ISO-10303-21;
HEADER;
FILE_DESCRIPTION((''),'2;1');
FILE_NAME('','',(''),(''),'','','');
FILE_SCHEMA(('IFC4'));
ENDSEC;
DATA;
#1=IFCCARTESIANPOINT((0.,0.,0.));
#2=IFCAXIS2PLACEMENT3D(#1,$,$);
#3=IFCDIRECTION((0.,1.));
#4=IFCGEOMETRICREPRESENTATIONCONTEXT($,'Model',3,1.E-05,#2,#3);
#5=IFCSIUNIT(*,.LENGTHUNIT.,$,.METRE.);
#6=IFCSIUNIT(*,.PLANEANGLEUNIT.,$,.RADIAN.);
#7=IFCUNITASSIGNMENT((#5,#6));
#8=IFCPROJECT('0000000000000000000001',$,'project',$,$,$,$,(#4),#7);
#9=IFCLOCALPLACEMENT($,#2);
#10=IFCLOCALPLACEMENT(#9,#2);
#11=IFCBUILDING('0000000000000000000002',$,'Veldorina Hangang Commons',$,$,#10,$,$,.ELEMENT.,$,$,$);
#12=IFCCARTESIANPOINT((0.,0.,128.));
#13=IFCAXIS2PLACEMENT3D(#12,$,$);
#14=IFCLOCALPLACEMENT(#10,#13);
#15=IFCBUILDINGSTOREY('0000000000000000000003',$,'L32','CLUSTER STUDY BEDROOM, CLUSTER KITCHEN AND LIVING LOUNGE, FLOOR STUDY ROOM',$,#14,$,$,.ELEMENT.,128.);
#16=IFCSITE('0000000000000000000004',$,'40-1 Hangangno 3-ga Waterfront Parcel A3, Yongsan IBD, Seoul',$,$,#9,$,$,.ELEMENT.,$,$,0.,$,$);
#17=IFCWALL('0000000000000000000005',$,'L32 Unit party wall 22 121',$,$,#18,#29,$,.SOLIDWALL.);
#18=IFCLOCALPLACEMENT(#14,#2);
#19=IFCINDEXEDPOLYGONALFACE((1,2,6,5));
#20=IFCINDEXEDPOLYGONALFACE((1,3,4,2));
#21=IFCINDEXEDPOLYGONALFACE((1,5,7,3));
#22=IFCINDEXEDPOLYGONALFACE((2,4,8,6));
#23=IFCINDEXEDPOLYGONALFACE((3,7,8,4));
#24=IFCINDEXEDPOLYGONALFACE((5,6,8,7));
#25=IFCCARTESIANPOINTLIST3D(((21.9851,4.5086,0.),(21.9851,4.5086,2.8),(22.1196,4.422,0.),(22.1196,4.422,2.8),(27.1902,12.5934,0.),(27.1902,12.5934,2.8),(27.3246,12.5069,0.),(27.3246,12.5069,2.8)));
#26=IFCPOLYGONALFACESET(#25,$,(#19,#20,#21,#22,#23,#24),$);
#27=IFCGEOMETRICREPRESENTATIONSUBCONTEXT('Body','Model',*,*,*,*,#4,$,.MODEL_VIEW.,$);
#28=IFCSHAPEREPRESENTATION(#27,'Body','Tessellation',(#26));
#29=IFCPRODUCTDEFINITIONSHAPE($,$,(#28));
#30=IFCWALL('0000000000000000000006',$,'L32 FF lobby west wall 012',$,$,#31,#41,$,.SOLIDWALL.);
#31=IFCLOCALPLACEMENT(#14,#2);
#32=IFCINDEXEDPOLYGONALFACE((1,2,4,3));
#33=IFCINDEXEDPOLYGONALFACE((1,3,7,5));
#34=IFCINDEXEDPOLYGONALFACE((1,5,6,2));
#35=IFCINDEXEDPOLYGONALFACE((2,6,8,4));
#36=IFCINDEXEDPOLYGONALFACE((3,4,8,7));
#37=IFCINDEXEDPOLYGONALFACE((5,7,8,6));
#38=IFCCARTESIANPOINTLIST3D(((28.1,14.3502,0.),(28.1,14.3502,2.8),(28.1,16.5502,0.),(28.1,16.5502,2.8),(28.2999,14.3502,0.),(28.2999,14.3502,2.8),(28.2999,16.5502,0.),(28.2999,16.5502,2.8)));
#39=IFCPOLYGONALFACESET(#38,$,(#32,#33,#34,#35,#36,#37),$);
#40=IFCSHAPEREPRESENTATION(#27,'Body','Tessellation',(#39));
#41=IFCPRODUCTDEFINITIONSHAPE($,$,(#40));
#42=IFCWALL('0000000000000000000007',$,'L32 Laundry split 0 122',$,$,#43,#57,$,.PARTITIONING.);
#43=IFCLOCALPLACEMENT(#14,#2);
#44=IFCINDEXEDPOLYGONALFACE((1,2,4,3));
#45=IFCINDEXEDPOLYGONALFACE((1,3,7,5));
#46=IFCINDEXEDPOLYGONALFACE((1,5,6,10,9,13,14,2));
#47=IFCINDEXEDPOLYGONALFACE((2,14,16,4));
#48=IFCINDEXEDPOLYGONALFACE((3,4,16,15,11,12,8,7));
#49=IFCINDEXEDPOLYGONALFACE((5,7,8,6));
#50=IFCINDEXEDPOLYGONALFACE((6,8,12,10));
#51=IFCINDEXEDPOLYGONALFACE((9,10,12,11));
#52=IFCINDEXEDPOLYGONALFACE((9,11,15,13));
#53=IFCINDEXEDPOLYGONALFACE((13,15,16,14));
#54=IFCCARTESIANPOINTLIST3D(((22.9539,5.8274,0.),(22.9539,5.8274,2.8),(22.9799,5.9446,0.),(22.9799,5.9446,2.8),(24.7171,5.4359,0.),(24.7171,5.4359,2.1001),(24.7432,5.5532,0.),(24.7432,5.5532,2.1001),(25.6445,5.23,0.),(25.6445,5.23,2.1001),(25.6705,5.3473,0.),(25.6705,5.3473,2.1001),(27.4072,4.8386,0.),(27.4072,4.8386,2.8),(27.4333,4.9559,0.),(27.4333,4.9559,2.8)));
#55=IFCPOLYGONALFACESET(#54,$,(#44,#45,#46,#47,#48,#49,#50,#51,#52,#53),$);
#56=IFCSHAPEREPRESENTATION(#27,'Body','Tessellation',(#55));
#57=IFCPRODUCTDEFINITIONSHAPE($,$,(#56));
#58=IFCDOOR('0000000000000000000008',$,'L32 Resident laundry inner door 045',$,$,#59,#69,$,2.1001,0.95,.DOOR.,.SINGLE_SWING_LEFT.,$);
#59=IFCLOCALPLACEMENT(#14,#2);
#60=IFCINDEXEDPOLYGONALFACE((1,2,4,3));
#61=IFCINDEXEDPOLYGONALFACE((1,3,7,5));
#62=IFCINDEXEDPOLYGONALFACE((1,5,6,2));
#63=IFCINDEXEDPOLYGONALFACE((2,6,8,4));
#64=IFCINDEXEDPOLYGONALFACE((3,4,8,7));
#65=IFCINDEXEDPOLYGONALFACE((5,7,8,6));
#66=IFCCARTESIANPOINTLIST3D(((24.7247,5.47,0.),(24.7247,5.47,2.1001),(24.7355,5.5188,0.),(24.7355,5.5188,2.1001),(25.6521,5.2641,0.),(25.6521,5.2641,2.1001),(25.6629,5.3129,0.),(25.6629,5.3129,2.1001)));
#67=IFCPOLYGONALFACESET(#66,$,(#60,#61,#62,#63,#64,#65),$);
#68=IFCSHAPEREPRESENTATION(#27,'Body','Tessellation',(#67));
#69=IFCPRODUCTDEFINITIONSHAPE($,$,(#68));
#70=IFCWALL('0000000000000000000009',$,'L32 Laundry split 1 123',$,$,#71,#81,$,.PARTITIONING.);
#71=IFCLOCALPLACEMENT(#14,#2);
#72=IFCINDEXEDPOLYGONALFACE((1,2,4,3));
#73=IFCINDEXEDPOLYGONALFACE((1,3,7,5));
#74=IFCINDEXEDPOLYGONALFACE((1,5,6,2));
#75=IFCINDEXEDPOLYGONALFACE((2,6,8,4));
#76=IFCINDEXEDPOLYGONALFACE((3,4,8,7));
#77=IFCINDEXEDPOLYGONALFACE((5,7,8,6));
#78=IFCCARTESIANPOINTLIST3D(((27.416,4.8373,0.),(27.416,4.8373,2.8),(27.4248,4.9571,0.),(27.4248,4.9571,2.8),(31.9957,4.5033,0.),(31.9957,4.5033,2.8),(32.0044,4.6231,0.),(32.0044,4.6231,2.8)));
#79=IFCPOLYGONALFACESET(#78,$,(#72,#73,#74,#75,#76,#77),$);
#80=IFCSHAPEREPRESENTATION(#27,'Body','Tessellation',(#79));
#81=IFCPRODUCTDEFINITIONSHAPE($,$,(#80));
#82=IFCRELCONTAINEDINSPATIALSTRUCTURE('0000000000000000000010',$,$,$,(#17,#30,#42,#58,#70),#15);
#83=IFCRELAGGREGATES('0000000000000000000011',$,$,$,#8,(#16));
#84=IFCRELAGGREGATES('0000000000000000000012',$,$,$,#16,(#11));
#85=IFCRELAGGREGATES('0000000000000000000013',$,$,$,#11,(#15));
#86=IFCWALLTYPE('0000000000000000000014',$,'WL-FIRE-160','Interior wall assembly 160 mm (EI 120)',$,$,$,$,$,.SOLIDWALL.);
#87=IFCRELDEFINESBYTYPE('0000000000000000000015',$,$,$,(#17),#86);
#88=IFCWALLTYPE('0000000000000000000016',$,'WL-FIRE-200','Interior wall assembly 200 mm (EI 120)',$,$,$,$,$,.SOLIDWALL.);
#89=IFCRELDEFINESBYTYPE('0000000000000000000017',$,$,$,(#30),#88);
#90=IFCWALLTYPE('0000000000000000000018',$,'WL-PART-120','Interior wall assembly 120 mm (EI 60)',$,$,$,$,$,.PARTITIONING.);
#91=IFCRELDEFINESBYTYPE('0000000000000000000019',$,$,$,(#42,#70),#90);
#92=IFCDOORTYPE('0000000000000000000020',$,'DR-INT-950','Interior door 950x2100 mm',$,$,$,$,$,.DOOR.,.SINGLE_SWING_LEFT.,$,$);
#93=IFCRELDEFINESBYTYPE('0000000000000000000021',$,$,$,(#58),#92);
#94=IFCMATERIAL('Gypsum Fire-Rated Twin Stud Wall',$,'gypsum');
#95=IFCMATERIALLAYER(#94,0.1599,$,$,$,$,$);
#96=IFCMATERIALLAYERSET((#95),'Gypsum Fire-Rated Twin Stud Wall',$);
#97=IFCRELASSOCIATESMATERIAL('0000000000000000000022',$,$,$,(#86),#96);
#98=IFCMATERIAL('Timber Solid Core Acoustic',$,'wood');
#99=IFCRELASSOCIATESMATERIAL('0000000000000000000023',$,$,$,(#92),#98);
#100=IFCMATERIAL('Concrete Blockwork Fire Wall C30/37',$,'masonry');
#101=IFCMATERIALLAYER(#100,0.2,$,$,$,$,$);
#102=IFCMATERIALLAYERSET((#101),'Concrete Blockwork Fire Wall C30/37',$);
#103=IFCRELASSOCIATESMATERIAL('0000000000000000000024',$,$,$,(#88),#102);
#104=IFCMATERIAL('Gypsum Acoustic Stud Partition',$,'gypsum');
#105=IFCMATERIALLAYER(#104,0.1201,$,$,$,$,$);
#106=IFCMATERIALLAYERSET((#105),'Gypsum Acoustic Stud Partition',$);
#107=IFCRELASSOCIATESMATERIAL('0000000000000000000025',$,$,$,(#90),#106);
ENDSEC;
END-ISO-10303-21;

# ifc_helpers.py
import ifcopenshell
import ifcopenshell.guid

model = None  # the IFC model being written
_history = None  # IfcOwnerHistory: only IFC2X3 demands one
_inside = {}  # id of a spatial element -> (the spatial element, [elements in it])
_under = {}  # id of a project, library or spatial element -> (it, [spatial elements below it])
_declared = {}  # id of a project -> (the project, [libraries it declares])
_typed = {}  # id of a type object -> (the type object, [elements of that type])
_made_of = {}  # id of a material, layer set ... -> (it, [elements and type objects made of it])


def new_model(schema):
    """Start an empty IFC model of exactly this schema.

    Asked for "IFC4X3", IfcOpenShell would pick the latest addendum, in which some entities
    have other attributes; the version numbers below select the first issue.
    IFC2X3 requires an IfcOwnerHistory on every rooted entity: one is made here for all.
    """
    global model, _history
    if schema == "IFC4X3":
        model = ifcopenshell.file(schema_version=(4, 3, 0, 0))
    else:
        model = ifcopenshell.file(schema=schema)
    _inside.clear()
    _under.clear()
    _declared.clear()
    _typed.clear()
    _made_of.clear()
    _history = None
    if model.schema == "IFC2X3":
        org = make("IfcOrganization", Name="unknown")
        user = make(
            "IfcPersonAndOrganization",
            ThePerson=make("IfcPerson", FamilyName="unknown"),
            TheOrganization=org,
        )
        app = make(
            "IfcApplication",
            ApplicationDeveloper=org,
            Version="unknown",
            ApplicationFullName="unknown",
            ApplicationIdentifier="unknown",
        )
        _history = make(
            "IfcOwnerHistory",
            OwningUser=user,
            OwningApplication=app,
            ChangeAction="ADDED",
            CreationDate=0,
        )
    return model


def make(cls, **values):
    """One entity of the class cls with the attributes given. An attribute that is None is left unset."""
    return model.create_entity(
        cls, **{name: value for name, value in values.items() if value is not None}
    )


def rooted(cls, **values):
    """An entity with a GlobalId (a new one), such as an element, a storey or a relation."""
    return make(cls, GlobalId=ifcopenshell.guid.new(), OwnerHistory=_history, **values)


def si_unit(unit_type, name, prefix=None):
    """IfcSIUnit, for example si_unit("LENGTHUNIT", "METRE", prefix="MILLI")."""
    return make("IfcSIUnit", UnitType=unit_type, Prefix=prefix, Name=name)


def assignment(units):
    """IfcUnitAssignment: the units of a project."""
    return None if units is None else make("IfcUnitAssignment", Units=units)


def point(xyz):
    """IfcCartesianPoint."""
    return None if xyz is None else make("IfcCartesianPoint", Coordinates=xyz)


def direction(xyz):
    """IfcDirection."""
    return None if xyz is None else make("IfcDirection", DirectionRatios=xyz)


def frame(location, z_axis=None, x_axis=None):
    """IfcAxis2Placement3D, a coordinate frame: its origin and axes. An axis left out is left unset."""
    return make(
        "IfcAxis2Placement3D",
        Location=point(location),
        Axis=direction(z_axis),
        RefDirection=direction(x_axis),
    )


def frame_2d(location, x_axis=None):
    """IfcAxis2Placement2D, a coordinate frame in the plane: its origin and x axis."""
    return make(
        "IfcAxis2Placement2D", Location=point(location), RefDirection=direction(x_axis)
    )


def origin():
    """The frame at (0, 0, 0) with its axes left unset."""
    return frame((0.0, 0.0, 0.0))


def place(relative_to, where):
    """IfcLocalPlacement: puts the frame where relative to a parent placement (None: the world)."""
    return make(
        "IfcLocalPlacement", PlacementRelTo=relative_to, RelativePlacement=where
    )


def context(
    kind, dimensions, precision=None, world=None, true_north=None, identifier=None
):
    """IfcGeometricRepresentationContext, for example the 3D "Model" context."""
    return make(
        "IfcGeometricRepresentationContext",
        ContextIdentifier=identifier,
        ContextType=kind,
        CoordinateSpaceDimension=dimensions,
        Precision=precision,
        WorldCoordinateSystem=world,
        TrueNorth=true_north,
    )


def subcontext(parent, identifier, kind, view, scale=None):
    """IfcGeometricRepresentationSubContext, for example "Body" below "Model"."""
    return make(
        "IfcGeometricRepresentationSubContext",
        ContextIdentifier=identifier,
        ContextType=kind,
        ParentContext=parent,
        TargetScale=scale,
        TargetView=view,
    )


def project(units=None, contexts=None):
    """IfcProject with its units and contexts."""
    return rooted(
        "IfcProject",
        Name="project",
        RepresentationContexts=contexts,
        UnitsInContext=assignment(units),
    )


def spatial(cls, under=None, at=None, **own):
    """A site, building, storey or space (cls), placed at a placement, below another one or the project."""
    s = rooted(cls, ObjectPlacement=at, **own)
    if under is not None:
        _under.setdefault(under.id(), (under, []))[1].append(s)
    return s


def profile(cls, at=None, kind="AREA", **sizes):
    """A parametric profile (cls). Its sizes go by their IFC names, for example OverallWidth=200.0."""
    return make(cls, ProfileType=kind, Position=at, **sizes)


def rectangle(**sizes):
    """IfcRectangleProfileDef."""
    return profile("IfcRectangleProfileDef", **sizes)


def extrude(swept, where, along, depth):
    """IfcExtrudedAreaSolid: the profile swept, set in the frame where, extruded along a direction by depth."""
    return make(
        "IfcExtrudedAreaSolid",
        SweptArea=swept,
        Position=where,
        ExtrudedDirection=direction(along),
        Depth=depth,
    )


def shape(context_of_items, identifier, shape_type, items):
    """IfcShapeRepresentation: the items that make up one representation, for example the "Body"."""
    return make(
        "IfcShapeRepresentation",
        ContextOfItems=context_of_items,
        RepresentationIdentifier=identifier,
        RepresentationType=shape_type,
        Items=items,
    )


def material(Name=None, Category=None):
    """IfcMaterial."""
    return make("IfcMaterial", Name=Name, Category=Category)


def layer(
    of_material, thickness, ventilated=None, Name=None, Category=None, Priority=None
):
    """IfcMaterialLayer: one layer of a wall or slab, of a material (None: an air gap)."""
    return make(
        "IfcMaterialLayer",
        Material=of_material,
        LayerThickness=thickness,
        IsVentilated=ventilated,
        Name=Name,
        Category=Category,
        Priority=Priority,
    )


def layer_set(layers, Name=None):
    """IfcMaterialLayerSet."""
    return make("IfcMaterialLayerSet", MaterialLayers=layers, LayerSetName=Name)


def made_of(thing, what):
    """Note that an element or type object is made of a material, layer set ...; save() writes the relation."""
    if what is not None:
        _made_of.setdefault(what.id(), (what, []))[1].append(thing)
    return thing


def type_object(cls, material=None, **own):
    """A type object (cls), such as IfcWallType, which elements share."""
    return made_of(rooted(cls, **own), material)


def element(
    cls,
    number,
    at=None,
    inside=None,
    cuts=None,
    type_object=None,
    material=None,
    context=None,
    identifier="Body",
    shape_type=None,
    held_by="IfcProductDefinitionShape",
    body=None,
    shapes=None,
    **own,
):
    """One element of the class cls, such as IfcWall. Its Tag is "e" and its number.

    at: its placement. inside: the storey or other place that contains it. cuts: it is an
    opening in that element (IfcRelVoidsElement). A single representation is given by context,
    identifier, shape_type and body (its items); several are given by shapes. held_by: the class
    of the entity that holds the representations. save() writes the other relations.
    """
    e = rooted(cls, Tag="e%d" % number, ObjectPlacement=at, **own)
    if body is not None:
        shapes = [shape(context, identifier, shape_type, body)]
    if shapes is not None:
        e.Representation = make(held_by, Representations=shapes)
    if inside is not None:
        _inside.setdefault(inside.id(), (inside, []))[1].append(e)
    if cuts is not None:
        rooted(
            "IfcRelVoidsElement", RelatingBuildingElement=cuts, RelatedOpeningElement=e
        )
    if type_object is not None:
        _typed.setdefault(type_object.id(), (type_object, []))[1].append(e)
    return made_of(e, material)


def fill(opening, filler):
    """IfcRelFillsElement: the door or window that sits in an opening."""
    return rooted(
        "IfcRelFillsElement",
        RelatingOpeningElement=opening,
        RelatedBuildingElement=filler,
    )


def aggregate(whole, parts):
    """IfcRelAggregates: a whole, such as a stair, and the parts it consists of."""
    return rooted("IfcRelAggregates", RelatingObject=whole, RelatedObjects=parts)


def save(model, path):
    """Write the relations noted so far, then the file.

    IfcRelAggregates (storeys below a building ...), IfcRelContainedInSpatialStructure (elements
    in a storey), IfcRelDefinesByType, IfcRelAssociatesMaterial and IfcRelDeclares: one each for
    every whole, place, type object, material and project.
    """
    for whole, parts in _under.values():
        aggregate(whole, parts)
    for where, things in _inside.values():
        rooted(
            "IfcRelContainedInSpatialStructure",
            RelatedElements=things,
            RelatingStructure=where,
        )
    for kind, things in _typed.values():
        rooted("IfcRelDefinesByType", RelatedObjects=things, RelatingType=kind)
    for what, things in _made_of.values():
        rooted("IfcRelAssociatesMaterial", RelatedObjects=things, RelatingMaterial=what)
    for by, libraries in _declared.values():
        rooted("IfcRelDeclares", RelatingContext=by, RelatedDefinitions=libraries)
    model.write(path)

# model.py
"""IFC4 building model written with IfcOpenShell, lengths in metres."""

from ifc_helpers import new_model, si_unit, direction, frame, frame_2d, origin, place, context, subcontext, project, spatial, rectangle, extrude, material, layer, layer_set, type_object, element, fill, save


model = new_model("IFC4")

# Units and contexts
model_context = context("Model", 3, precision=1e-05, world=origin(), true_north=direction((0.0, 1.0)))
body_context = subcontext(model_context, "Body", "Model", "MODEL_VIEW")
ifc_project = project(units=[si_unit("LENGTHUNIT", "METRE"), si_unit("PLANEANGLEUNIT", "RADIAN")], contexts=[model_context])

# Site, building, storey
site_placement = place(None, origin())
site = spatial("IfcSite", under=ifc_project, at=site_placement, Name="40-1 Hangangno 3-ga Waterfront Parcel A3, Yongsan IBD, Seoul", CompositionType="ELEMENT", RefElevation=0.0)
building_placement = place(site_placement, origin())
building = spatial("IfcBuilding", under=site, at=building_placement, Name="Veldorina Hangang Commons", CompositionType="ELEMENT")
storey_placement = place(building_placement, frame((0.0, 0.0, 128.0)))
storey = spatial("IfcBuildingStorey", under=building, at=storey_placement, Name="L32", Description="CLUSTER STUDY BEDROOM, CLUSTER KITCHEN AND LIVING LOUNGE, FLOOR STUDY ROOM", CompositionType="ELEMENT", Elevation=128.0)

# Shared definitions
ifc_material_1 = material(Name="Gypsum Fire-Rated Twin Stud Wall", Category="gypsum")
ifc_layer_1 = layer(ifc_material_1, 0.1599)
ifc_layer_set_1 = layer_set([ifc_layer_1], Name="Gypsum Fire-Rated Twin Stud Wall")
wall_type_1 = type_object("IfcWallType", Name="WL-FIRE-160", Description="Interior wall assembly 160 mm (EI 120)", PredefinedType="SOLIDWALL", material=ifc_layer_set_1)

# Shared definitions
ifc_material_2 = material(Name="Timber Solid Core Acoustic", Category="wood")
door_type = type_object("IfcDoorType", Name="DR-INT-950", Description="Interior door 950x2100 mm", OperationType="SINGLE_SWING_LEFT", PredefinedType="DOOR", material=ifc_material_2)

# Walls
wall_1_placement = place(storey_placement, frame((27.2573, 12.55, 0.0), z_axis=(0.0, 0.0, 1.0), x_axis=(-0.541317, -0.840819, 0.0)))
element("IfcWall", 1, at=wall_1_placement, inside=storey, type_object=wall_type_1, Name="L32 Unit party wall 22 121", PredefinedType="SOLIDWALL", context=body_context, shape_type="SweptSolid", body=[
    extrude(rectangle(XDim=9.6155, YDim=0.1599, at=frame_2d((4.8076, 0.0))), origin(), (0.0, 0.0, 1.0), 2.8),
])
ifc_material_3 = material(Name="Concrete Blockwork Fire Wall C30/37", Category="masonry")
ifc_layer_2 = layer(ifc_material_3, 0.2)
ifc_layer_set_2 = layer_set([ifc_layer_2], Name="Concrete Blockwork Fire Wall C30/37")
wall_type_2 = type_object("IfcWallType", Name="WL-FIRE-200", Description="Interior wall assembly 200 mm (EI 120)", PredefinedType="SOLIDWALL", material=ifc_layer_set_2)
wall_2_placement = place(storey_placement, frame((28.2, 14.3501, 0.0), z_axis=(0.0, 0.0, 1.0), x_axis=(0.0, 1.0, 0.0)))
element("IfcWall", 2, at=wall_2_placement, inside=storey, type_object=wall_type_2, Name="L32 FF lobby west wall 012", PredefinedType="SOLIDWALL", context=body_context, shape_type="SweptSolid", body=[
    extrude(rectangle(XDim=2.2, YDim=0.2, at=frame_2d((1.1001, 0.0))), origin(), (0.0, 0.0, 1.0), 2.8),
])

# Wall, opening, door
ifc_material_4 = material(Name="Gypsum Acoustic Stud Partition", Category="gypsum")
ifc_layer_3 = layer(ifc_material_4, 0.1201)
ifc_layer_set_3 = layer_set([ifc_layer_3], Name="Gypsum Acoustic Stud Partition")
wall_type_3 = type_object("IfcWallType", Name="WL-PART-120", Description="Interior wall assembly 120 mm (EI 60)", PredefinedType="PARTITIONING", material=ifc_layer_set_3)
wall_3_placement = place(storey_placement, frame((22.967, 5.886, 0.0), z_axis=(0.0, 0.0, 1.0), x_axis=(0.976227, -0.216749, 0.0)))
wall_3 = element("IfcWall", 3, at=wall_3_placement, inside=storey, type_object=wall_type_3, Name="L32 Laundry split 0 122", PredefinedType="PARTITIONING", context=body_context, shape_type="SweptSolid", body=[
    extrude(rectangle(XDim=4.5618, YDim=0.1201, at=frame_2d((2.2808, 0.0))), origin(), (0.0, 0.0, 1.0), 2.8),
])
opening_1_placement = place(wall_3_placement, frame((1.8059, 0.0, 0.0)))
opening_1 = element("IfcOpeningElement", 4, at=opening_1_placement, cuts=wall_3, PredefinedType="OPENING", context=body_context, shape_type="SweptSolid", body=[
    extrude(rectangle(XDim=0.95, YDim=2.1001, at=frame_2d((0.4751, 1.05))), frame((0.0, 0.0701, 0.0), z_axis=(0.0, -1.0, 0.0), x_axis=(1.0, 0.0, 0.0)), (0.0, 0.0, 1.0), 0.1401),
])
door_1_placement = place(opening_1_placement, origin())
door_1 = element("IfcDoor", 5, at=door_1_placement, inside=storey, type_object=door_type, Name="L32 Resident laundry inner door 045", OperationType="SINGLE_SWING_LEFT", OverallHeight=2.1001, OverallWidth=0.95, PredefinedType="DOOR", context=body_context, shape_type="SweptSolid", body=[
    extrude(rectangle(XDim=0.95, YDim=2.1001, at=frame_2d((0.4751, 1.05))), frame((0.0, 0.0249, 0.0), z_axis=(0.0, -1.0, 0.0), x_axis=(1.0, 0.0, 0.0)), (0.0, 0.0, 1.0), 0.05),
])
fill(opening_1, door_1)

# Wall
wall_4_placement = place(storey_placement, frame((27.4204, 4.8972, 0.0), z_axis=(0.0, 0.0, 1.0), x_axis=(0.997351, -0.072736, 0.0)))
element("IfcWall", 6, at=wall_4_placement, inside=storey, type_object=wall_type_3, Name="L32 Laundry split 1 123", PredefinedType="PARTITIONING", context=body_context, shape_type="SweptSolid", body=[
    extrude(rectangle(XDim=4.5918, YDim=0.1201, at=frame_2d((2.2959, 0.0))), origin(), (0.0, 0.0, 1.0), 2.8),
])

save(model, "model.ifc")
